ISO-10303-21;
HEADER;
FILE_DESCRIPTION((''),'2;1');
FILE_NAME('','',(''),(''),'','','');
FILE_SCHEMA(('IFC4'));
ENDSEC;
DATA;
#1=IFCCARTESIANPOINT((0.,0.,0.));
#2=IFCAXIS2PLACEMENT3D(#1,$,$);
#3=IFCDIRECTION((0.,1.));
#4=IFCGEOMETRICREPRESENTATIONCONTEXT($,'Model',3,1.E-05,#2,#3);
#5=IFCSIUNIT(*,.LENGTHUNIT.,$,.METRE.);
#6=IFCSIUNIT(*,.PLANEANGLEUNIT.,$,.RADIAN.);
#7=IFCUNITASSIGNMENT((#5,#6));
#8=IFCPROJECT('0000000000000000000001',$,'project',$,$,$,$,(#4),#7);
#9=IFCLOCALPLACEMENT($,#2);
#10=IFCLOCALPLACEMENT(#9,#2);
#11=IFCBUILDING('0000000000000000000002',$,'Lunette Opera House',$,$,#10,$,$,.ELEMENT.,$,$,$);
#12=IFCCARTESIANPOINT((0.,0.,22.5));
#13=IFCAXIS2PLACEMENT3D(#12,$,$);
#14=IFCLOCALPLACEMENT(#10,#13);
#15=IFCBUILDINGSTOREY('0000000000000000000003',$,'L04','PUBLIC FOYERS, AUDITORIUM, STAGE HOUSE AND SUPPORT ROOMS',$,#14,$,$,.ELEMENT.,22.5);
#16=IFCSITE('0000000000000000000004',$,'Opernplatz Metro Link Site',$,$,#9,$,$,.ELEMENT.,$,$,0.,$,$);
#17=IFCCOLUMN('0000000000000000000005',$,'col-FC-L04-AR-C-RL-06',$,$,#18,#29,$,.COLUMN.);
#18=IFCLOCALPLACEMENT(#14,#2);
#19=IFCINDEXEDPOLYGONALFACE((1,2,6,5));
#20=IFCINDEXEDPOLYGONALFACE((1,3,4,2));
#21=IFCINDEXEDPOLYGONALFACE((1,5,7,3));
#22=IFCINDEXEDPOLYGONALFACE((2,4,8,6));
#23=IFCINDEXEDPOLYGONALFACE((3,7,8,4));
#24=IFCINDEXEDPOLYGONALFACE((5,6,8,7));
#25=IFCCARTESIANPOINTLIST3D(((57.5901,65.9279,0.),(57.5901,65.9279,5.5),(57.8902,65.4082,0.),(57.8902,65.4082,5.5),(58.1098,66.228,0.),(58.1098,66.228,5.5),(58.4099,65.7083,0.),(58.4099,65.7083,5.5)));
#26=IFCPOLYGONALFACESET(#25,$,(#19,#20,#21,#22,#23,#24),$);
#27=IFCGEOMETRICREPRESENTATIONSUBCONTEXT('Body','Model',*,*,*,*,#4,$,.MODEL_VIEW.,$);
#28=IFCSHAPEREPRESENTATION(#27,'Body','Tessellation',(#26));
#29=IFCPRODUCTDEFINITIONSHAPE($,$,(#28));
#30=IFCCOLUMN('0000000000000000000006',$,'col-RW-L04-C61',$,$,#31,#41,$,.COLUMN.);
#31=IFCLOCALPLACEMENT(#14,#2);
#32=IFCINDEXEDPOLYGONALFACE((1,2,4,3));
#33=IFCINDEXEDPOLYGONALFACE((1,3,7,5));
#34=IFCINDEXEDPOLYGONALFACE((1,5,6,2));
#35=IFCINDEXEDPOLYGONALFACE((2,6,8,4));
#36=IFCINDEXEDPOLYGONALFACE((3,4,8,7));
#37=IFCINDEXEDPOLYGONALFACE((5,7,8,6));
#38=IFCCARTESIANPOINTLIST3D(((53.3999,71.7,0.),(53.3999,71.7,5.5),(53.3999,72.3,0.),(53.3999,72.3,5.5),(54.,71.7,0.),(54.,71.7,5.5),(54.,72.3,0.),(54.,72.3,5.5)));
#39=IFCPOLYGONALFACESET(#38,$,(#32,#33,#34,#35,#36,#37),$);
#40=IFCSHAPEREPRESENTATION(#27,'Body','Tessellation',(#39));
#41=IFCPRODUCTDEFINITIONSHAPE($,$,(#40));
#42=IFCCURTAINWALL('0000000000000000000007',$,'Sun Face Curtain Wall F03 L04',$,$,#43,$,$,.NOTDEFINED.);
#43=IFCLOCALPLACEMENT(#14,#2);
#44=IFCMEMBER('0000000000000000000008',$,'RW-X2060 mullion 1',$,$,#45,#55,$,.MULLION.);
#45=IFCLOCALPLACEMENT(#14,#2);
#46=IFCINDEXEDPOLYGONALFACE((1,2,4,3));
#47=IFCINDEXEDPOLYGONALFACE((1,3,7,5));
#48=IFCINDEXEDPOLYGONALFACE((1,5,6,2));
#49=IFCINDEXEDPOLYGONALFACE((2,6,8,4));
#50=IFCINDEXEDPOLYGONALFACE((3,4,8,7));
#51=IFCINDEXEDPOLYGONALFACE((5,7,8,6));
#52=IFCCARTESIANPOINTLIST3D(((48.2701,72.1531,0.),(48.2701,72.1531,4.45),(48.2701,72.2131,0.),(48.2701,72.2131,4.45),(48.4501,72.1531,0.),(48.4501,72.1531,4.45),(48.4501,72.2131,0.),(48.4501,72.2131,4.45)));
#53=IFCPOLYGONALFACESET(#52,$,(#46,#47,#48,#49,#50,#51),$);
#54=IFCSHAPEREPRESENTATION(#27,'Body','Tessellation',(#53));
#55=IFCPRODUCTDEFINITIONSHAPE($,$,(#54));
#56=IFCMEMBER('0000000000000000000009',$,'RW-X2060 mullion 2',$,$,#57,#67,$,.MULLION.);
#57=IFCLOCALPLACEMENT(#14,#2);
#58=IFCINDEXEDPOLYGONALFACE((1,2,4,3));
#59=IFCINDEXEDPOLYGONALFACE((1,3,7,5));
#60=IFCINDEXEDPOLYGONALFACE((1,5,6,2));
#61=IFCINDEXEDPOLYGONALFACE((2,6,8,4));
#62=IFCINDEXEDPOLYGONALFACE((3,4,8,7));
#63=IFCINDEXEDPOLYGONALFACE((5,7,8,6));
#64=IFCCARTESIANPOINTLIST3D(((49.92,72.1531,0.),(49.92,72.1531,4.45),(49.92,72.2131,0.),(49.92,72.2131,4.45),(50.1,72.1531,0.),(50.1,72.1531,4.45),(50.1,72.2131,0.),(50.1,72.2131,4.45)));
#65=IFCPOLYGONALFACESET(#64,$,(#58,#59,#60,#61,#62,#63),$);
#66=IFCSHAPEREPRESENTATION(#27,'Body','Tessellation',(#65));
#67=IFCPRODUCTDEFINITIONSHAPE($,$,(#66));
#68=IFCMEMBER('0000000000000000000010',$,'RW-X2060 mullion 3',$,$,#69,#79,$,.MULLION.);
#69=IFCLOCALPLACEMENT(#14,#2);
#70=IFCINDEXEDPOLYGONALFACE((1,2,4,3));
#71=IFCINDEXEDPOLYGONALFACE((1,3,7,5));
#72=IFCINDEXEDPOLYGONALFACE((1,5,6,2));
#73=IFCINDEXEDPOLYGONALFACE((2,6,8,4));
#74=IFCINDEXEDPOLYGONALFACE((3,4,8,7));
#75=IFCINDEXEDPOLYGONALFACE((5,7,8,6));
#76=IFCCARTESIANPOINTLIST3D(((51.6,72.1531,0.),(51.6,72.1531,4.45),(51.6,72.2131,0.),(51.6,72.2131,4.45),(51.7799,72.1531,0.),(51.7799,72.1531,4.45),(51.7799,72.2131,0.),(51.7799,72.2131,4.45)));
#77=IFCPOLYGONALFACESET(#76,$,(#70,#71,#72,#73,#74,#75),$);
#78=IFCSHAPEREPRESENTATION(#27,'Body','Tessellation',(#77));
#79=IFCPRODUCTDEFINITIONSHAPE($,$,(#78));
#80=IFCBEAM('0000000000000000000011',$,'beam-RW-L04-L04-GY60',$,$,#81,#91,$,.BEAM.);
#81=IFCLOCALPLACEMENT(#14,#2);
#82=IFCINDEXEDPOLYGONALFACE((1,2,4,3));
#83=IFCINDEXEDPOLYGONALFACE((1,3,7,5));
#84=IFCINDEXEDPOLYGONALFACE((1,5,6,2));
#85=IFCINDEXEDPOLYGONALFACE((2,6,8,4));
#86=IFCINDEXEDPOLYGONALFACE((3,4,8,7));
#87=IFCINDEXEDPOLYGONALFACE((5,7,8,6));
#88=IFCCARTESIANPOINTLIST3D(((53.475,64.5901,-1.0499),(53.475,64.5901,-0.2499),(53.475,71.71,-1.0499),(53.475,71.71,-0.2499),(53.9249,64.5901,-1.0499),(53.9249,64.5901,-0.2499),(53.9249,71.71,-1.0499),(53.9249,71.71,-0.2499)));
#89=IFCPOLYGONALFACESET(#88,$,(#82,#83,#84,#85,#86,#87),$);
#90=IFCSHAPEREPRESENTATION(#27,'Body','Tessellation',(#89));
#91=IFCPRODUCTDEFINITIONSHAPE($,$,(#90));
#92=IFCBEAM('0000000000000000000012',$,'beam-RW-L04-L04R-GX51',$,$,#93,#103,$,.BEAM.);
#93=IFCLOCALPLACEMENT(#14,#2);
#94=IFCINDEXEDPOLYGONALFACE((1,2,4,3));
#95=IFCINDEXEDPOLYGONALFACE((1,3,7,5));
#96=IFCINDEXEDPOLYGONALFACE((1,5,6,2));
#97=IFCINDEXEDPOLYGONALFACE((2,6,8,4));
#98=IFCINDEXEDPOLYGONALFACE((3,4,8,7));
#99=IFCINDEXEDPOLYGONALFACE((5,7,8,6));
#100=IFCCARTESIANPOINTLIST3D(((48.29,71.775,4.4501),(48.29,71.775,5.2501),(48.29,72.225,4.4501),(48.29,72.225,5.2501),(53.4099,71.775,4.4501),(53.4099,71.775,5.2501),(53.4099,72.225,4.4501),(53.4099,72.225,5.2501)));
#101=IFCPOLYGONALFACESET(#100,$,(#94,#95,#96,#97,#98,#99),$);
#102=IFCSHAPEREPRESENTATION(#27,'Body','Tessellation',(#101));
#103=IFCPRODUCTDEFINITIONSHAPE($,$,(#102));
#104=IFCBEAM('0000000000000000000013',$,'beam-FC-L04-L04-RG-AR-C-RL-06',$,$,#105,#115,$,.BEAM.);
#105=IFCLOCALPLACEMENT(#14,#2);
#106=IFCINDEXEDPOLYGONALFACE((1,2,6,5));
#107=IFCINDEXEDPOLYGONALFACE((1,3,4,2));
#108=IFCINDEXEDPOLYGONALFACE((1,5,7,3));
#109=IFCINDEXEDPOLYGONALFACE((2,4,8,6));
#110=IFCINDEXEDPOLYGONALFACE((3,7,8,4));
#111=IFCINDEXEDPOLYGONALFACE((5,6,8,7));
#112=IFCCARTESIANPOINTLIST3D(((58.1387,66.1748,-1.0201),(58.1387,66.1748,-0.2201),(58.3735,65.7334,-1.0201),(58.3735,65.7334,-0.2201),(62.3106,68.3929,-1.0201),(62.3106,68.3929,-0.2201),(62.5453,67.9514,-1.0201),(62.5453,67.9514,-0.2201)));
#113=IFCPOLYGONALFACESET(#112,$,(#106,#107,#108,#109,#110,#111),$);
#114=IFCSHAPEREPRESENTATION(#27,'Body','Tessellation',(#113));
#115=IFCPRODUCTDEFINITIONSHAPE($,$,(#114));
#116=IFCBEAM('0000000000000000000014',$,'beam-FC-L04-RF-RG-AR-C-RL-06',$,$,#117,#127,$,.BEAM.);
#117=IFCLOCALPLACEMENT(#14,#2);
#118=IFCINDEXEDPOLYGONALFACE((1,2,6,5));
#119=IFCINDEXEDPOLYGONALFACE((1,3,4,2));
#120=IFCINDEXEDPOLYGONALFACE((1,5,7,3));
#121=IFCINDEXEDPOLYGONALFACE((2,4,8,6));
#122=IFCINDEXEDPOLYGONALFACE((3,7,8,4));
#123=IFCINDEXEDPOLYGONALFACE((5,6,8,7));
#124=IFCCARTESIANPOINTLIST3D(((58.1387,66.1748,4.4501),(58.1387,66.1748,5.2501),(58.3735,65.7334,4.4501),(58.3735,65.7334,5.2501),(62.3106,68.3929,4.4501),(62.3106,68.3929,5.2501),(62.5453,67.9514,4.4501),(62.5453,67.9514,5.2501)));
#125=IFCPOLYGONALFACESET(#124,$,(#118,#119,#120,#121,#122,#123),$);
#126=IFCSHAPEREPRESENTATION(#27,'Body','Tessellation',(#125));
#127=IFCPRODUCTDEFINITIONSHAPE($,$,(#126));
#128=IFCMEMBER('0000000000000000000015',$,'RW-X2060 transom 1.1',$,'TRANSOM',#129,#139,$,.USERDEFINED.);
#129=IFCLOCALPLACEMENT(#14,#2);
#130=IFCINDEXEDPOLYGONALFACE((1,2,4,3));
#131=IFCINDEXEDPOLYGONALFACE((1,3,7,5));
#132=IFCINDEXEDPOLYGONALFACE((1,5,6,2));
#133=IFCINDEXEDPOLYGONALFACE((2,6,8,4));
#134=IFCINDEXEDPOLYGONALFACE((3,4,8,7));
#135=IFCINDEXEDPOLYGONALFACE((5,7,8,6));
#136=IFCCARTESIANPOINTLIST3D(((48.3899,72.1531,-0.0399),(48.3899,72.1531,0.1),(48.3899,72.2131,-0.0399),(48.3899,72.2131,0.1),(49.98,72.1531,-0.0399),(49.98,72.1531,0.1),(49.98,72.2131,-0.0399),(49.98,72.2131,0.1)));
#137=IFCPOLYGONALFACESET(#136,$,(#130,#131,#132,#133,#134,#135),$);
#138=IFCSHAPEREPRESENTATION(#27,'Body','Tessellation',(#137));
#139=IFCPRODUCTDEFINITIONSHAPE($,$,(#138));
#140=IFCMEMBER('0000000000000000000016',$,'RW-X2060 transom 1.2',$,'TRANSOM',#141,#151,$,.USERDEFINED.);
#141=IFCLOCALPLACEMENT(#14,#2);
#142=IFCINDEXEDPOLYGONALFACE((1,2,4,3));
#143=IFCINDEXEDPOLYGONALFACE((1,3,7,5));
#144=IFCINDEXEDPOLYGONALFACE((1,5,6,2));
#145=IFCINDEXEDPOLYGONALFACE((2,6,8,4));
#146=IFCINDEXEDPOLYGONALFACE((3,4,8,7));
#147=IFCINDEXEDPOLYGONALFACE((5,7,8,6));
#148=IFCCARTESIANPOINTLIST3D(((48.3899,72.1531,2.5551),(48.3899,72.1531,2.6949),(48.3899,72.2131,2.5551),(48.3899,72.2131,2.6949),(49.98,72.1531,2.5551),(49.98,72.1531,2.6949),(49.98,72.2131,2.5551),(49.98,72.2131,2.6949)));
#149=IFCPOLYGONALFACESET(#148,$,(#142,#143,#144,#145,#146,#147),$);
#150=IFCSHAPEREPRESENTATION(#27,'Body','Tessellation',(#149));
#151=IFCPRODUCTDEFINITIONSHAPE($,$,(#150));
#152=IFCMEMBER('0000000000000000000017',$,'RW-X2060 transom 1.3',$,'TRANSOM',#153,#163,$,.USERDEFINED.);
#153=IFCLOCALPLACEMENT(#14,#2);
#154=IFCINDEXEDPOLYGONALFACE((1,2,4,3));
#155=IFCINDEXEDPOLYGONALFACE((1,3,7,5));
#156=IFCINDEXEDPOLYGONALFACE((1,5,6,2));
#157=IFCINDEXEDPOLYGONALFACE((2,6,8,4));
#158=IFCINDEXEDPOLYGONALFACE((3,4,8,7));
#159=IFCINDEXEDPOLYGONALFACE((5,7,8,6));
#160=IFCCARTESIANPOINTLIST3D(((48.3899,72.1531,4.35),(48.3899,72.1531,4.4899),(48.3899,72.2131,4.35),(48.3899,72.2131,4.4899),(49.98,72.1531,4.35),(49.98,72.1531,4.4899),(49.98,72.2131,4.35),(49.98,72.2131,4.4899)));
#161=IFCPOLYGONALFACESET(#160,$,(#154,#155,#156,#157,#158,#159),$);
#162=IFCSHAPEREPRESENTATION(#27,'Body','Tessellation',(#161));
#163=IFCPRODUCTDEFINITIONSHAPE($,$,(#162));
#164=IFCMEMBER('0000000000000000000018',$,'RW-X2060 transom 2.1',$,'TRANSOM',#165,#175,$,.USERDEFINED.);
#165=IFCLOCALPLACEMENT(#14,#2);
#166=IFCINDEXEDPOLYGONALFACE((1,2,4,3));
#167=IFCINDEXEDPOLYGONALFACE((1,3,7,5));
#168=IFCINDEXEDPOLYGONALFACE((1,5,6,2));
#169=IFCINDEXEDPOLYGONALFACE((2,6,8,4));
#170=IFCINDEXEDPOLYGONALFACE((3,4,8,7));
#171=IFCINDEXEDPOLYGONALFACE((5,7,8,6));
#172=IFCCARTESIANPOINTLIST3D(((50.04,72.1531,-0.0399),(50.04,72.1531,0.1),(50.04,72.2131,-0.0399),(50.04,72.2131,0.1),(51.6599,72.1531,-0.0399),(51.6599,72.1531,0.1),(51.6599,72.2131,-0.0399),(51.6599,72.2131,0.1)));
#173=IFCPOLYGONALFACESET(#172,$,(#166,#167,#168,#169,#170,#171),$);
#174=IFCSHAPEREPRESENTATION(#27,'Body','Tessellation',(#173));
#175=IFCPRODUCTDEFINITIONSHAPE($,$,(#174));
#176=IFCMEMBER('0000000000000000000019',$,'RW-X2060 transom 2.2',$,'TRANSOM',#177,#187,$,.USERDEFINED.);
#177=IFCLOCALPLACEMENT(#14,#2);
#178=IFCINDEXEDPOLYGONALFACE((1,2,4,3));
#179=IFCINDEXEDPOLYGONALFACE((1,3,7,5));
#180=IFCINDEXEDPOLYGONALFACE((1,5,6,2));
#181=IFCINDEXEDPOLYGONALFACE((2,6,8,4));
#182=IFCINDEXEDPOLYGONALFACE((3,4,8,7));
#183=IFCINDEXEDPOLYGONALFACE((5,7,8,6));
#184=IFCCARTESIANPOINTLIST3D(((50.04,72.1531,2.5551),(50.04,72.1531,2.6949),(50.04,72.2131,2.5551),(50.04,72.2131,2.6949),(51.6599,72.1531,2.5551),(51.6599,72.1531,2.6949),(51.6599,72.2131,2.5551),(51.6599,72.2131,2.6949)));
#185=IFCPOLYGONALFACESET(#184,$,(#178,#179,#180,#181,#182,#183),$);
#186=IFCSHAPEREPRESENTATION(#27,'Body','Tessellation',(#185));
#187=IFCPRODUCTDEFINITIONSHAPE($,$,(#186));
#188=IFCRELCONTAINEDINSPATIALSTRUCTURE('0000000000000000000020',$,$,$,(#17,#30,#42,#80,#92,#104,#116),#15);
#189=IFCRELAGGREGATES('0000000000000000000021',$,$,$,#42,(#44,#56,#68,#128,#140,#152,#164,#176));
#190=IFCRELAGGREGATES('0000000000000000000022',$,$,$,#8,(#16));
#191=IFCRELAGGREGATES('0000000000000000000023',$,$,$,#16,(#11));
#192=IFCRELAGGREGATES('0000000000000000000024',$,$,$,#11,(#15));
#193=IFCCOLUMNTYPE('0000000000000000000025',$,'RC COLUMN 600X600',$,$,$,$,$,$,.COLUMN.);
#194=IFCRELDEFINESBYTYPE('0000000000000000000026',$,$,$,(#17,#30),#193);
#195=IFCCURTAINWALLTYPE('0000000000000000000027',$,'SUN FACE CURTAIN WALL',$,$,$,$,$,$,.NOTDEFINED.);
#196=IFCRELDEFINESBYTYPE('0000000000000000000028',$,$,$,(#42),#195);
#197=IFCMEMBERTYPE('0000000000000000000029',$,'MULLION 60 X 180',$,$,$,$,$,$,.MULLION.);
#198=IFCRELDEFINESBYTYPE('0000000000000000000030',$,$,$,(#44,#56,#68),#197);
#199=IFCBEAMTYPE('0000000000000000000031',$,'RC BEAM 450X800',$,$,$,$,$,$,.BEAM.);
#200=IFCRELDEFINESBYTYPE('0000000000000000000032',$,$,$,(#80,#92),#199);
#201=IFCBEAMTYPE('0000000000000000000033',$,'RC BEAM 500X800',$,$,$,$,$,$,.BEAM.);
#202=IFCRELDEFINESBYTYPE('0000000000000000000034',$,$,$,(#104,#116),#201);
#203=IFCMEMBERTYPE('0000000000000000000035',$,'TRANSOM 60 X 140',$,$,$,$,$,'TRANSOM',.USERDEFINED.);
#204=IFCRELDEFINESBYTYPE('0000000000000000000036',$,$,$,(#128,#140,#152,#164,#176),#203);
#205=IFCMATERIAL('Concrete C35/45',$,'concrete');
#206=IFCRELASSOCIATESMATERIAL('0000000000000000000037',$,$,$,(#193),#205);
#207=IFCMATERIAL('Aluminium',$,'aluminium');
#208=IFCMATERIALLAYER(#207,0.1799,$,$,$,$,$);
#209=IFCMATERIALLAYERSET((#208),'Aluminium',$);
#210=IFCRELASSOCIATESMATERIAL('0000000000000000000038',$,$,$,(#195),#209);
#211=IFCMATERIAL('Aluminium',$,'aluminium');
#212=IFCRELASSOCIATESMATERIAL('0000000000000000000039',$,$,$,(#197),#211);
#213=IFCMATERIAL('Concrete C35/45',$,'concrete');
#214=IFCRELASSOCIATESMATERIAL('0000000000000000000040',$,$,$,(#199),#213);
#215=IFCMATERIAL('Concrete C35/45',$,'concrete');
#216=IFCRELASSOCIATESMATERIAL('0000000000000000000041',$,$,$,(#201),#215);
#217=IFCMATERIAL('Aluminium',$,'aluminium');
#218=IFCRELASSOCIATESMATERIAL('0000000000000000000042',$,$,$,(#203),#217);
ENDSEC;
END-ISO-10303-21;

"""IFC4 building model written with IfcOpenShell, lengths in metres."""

from ifc_helpers import new_model, si_unit, direction, frame, origin, origin_2d, place, context, subcontext, project, spatial, rectangle, extrude, material, layer, layer_set, material_profile, profile_set, type_object, element, aggregate, save


model = new_model("IFC4")

# Units and contexts
model_context = context("Model", 3, precision=1e-05, world=origin(), true_north=direction((0.0, 1.0)))
body_context = subcontext(model_context, "Body", "Model", "MODEL_VIEW")
ifc_project = project(units=[si_unit("LENGTHUNIT", "METRE"), si_unit("PLANEANGLEUNIT", "RADIAN")], contexts=[model_context])

# Site, building, storey
site_placement = place(None, origin())
site = spatial("IfcSite", under=ifc_project, at=site_placement, Name="Opernplatz Metro Link Site", CompositionType="ELEMENT", RefElevation=0.0)
building_placement = place(site_placement, origin())
building = spatial("IfcBuilding", under=site, at=building_placement, Name="Lunette Opera House", CompositionType="ELEMENT")
storey_placement = place(building_placement, frame((0.0, 0.0, 22.5)))
storey = spatial("IfcBuildingStorey", under=building, at=storey_placement, Name="L04", Description="PUBLIC FOYERS, AUDITORIUM, STAGE HOUSE AND SUPPORT ROOMS", CompositionType="ELEMENT", Elevation=22.5)

# Columns
ifc_material_1 = material(Name="Concrete C35/45", Category="concrete")
ifc_material_profile_1 = material_profile(ifc_material_1, rectangle(XDim=0.6001, YDim=0.6001, at=origin_2d()), Name="RC COLUMN 600X600")
ifc_profile_set_1 = profile_set([ifc_material_profile_1], Name="Concrete C35/45")
column_type = type_object("IfcColumnType", Name="RC COLUMN 600X600", PredefinedType="COLUMN", material=ifc_profile_set_1)
for number, where, z_axis, x_axis, name in (
    (1, (58.0, 65.8181, 0.0), (0.0, 0.0, 1.0), (0.866025, 0.5, 0.0), "col-FC-L04-AR-C-RL-06"),
    (2, (53.7, 72.0, 0.0), (0.0, 0.0, 1.0), (1.0, 0.0, 0.0), "col-RW-L04-C61"),
):
    element("IfcColumn", number, at=place(storey_placement, frame(where, z_axis=z_axis, x_axis=x_axis)), inside=storey, type_object=column_type, Name=name, PredefinedType="COLUMN", context=body_context, shape_type="SweptSolid", body=[
        extrude(rectangle(XDim=0.6001, YDim=0.6001, at=origin_2d()), origin(), (0.0, 0.0, 1.0), 5.5),
    ])

# Curtain wall, members
ifc_material_2 = material(Name="Aluminium", Category="aluminium")
ifc_layer_1 = layer(ifc_material_2, 0.1799)
ifc_layer_set_1 = layer_set([ifc_layer_1], Name="Aluminium")
curtain_wall_type = type_object("IfcCurtainWallType", Name="SUN FACE CURTAIN WALL", PredefinedType="NOTDEFINED", material=ifc_layer_set_1)
curtain_wall_placement = place(storey_placement, origin())
curtain_wall = element("IfcCurtainWall", 3, at=curtain_wall_placement, inside=storey, type_object=curtain_wall_type, Name="Sun Face Curtain Wall F03 L04", PredefinedType="NOTDEFINED")
ifc_material_3 = material(Name="Aluminium", Category="aluminium")
ifc_material_profile_2 = material_profile(ifc_material_3, rectangle(XDim=0.0601, YDim=0.1799, at=origin_2d()), Name="MULLION 60 X 180")
ifc_profile_set_2 = profile_set([ifc_material_profile_2], Name="Aluminium")
member_type_1 = type_object("IfcMemberType", Name="MULLION 60 X 180", PredefinedType="MULLION", material=ifc_profile_set_2)
member_1_placement = place(storey_placement, frame((48.3601, 72.1831, 0.0), z_axis=(0.0, 0.0, 1.0), x_axis=(0.0, 1.0, 0.0)))
member_1 = element("IfcMember", 4, at=member_1_placement, type_object=member_type_1, Name="RW-X2060 mullion 1", PredefinedType="MULLION", context=body_context, shape_type="SweptSolid", body=[
    extrude(rectangle(XDim=0.0601, YDim=0.1799, at=origin_2d()), origin(), (0.0, 0.0, 1.0), 4.45),
])
member_2_placement = place(storey_placement, frame((50.01, 72.1831, 0.0), z_axis=(0.0, 0.0, 1.0), x_axis=(0.0, 1.0, 0.0)))
member_2 = element("IfcMember", 5, at=member_2_placement, type_object=member_type_1, Name="RW-X2060 mullion 2", PredefinedType="MULLION", context=body_context, shape_type="SweptSolid", body=[
    extrude(rectangle(XDim=0.0601, YDim=0.1799, at=origin_2d()), origin(), (0.0, 0.0, 1.0), 4.45),
])
member_3_placement = place(storey_placement, frame((51.6899, 72.1831, 0.0), z_axis=(0.0, 0.0, 1.0), x_axis=(0.0, 1.0, 0.0)))
member_3 = element("IfcMember", 6, at=member_3_placement, type_object=member_type_1, Name="RW-X2060 mullion 3", PredefinedType="MULLION", context=body_context, shape_type="SweptSolid", body=[
    extrude(rectangle(XDim=0.0601, YDim=0.1799, at=origin_2d()), origin(), (0.0, 0.0, 1.0), 4.45),
])

# Beams
ifc_material_4 = material(Name="Concrete C35/45", Category="concrete")
ifc_material_profile_3 = material_profile(ifc_material_4, rectangle(XDim=0.45, YDim=0.8, at=origin_2d()), Name="RC BEAM 450X800")
ifc_profile_set_3 = profile_set([ifc_material_profile_3], Name="Concrete C35/45")
beam_type_1 = type_object("IfcBeamType", Name="RC BEAM 450X800", PredefinedType="BEAM", material=ifc_profile_set_3)
beam_1_placement = place(storey_placement, frame((53.7, 64.5901, -0.6499), z_axis=(0.0, 1.0, 0.0), x_axis=(-1.0, 0.0, 0.0)))
element("IfcBeam", 7, at=beam_1_placement, inside=storey, type_object=beam_type_1, Name="beam-RW-L04-L04-GY60", PredefinedType="BEAM", context=body_context, shape_type="SweptSolid", body=[
    extrude(rectangle(XDim=0.45, YDim=0.8, at=origin_2d()), origin(), (0.0, 0.0, 1.0), 7.1199),
])
beam_2_placement = place(storey_placement, frame((48.29, 72.0, 4.8501), z_axis=(1.0, 0.0, 0.0), x_axis=(0.0, 1.0, 0.0)))
element("IfcBeam", 8, at=beam_2_placement, inside=storey, type_object=beam_type_1, Name="beam-RW-L04-L04R-GX51", PredefinedType="BEAM", context=body_context, shape_type="SweptSolid", body=[
    extrude(rectangle(XDim=0.45, YDim=0.8, at=origin_2d()), origin(), (0.0, 0.0, 1.0), 5.1199),
])
ifc_material_5 = material(Name="Concrete C35/45", Category="concrete")
ifc_material_profile_4 = material_profile(ifc_material_5, rectangle(XDim=0.5, YDim=0.8, at=origin_2d()), Name="RC BEAM 500X800")
ifc_profile_set_4 = profile_set([ifc_material_profile_4], Name="Concrete C35/45")
beam_type_2 = type_object("IfcBeamType", Name="RC BEAM 500X800", PredefinedType="BEAM", material=ifc_profile_set_4)
for number, where, z_axis, x_axis, name in (
    (9, (58.2561, 65.9541, -0.6201), (0.882966, 0.469437, 0.0), (-0.469437, 0.882966, 0.0), "beam-FC-L04-L04-RG-AR-C-RL-06"),
    (10, (58.2561, 65.9541, 4.8501), (0.882966, 0.469437, 0.0), (-0.469437, 0.882966, 0.0), "beam-FC-L04-RF-RG-AR-C-RL-06"),
):
    element("IfcBeam", number, at=place(storey_placement, frame(where, z_axis=z_axis, x_axis=x_axis)), inside=storey, type_object=beam_type_2, Name=name, PredefinedType="BEAM", context=body_context, shape_type="SweptSolid", body=[
        extrude(rectangle(XDim=0.5, YDim=0.8, at=origin_2d()), origin(), (0.0, 0.0, 1.0), 4.7249),
    ])

# Members
ifc_material_6 = material(Name="Aluminium", Category="aluminium")
ifc_material_profile_5 = material_profile(ifc_material_6, rectangle(XDim=0.0601, YDim=0.1399, at=origin_2d()), Name="TRANSOM 60 X 140")
ifc_profile_set_5 = profile_set([ifc_material_profile_5], Name="Aluminium")
member_type_2 = type_object("IfcMemberType", Name="TRANSOM 60 X 140", ElementType="TRANSOM", PredefinedType="USERDEFINED", material=ifc_profile_set_5)
member_4_placement = place(storey_placement, frame((48.3899, 72.1831, 0.03), z_axis=(1.0, 0.0, 0.0), x_axis=(0.0, 1.0, 0.0)))
member_4 = element("IfcMember", 11, at=member_4_placement, type_object=member_type_2, Name="RW-X2060 transom 1.1", ObjectType="TRANSOM", PredefinedType="USERDEFINED", context=body_context, shape_type="SweptSolid", body=[
    extrude(rectangle(XDim=0.0601, YDim=0.1399, at=origin_2d()), origin(), (0.0, 0.0, 1.0), 1.5901),
])
member_5_placement = place(storey_placement, frame((48.3899, 72.1831, 2.625), z_axis=(1.0, 0.0, 0.0), x_axis=(0.0, 1.0, 0.0)))
member_5 = element("IfcMember", 12, at=member_5_placement, type_object=member_type_2, Name="RW-X2060 transom 1.2", ObjectType="TRANSOM", PredefinedType="USERDEFINED", context=body_context, shape_type="SweptSolid", body=[
    extrude(rectangle(XDim=0.0601, YDim=0.1399, at=origin_2d()), origin(), (0.0, 0.0, 1.0), 1.5901),
])
member_6_placement = place(storey_placement, frame((48.3899, 72.1831, 4.4199), z_axis=(1.0, 0.0, 0.0), x_axis=(0.0, 1.0, 0.0)))
member_6 = element("IfcMember", 13, at=member_6_placement, type_object=member_type_2, Name="RW-X2060 transom 1.3", ObjectType="TRANSOM", PredefinedType="USERDEFINED", context=body_context, shape_type="SweptSolid", body=[
    extrude(rectangle(XDim=0.0601, YDim=0.1399, at=origin_2d()), origin(), (0.0, 0.0, 1.0), 1.5901),
])
member_7_placement = place(storey_placement, frame((50.04, 72.1831, 0.03), z_axis=(1.0, 0.0, 0.0), x_axis=(0.0, 1.0, 0.0)))
member_7 = element("IfcMember", 14, at=member_7_placement, type_object=member_type_2, Name="RW-X2060 transom 2.1", ObjectType="TRANSOM", PredefinedType="USERDEFINED", context=body_context, shape_type="SweptSolid", body=[
    extrude(rectangle(XDim=0.0601, YDim=0.1399, at=origin_2d()), origin(), (0.0, 0.0, 1.0), 1.6199),
])
member_8_placement = place(storey_placement, frame((50.04, 72.1831, 2.625), z_axis=(1.0, 0.0, 0.0), x_axis=(0.0, 1.0, 0.0)))
member_8 = element("IfcMember", 15, at=member_8_placement, type_object=member_type_2, Name="RW-X2060 transom 2.2", ObjectType="TRANSOM", PredefinedType="USERDEFINED", context=body_context, shape_type="SweptSolid", body=[
    extrude(rectangle(XDim=0.0601, YDim=0.1399, at=origin_2d()), origin(), (0.0, 0.0, 1.0), 1.6199),
])

aggregate(curtain_wall, [member_1, member_2, member_3, member_4, member_5, member_6, member_7, member_8])

save(model, "model.ifc")
